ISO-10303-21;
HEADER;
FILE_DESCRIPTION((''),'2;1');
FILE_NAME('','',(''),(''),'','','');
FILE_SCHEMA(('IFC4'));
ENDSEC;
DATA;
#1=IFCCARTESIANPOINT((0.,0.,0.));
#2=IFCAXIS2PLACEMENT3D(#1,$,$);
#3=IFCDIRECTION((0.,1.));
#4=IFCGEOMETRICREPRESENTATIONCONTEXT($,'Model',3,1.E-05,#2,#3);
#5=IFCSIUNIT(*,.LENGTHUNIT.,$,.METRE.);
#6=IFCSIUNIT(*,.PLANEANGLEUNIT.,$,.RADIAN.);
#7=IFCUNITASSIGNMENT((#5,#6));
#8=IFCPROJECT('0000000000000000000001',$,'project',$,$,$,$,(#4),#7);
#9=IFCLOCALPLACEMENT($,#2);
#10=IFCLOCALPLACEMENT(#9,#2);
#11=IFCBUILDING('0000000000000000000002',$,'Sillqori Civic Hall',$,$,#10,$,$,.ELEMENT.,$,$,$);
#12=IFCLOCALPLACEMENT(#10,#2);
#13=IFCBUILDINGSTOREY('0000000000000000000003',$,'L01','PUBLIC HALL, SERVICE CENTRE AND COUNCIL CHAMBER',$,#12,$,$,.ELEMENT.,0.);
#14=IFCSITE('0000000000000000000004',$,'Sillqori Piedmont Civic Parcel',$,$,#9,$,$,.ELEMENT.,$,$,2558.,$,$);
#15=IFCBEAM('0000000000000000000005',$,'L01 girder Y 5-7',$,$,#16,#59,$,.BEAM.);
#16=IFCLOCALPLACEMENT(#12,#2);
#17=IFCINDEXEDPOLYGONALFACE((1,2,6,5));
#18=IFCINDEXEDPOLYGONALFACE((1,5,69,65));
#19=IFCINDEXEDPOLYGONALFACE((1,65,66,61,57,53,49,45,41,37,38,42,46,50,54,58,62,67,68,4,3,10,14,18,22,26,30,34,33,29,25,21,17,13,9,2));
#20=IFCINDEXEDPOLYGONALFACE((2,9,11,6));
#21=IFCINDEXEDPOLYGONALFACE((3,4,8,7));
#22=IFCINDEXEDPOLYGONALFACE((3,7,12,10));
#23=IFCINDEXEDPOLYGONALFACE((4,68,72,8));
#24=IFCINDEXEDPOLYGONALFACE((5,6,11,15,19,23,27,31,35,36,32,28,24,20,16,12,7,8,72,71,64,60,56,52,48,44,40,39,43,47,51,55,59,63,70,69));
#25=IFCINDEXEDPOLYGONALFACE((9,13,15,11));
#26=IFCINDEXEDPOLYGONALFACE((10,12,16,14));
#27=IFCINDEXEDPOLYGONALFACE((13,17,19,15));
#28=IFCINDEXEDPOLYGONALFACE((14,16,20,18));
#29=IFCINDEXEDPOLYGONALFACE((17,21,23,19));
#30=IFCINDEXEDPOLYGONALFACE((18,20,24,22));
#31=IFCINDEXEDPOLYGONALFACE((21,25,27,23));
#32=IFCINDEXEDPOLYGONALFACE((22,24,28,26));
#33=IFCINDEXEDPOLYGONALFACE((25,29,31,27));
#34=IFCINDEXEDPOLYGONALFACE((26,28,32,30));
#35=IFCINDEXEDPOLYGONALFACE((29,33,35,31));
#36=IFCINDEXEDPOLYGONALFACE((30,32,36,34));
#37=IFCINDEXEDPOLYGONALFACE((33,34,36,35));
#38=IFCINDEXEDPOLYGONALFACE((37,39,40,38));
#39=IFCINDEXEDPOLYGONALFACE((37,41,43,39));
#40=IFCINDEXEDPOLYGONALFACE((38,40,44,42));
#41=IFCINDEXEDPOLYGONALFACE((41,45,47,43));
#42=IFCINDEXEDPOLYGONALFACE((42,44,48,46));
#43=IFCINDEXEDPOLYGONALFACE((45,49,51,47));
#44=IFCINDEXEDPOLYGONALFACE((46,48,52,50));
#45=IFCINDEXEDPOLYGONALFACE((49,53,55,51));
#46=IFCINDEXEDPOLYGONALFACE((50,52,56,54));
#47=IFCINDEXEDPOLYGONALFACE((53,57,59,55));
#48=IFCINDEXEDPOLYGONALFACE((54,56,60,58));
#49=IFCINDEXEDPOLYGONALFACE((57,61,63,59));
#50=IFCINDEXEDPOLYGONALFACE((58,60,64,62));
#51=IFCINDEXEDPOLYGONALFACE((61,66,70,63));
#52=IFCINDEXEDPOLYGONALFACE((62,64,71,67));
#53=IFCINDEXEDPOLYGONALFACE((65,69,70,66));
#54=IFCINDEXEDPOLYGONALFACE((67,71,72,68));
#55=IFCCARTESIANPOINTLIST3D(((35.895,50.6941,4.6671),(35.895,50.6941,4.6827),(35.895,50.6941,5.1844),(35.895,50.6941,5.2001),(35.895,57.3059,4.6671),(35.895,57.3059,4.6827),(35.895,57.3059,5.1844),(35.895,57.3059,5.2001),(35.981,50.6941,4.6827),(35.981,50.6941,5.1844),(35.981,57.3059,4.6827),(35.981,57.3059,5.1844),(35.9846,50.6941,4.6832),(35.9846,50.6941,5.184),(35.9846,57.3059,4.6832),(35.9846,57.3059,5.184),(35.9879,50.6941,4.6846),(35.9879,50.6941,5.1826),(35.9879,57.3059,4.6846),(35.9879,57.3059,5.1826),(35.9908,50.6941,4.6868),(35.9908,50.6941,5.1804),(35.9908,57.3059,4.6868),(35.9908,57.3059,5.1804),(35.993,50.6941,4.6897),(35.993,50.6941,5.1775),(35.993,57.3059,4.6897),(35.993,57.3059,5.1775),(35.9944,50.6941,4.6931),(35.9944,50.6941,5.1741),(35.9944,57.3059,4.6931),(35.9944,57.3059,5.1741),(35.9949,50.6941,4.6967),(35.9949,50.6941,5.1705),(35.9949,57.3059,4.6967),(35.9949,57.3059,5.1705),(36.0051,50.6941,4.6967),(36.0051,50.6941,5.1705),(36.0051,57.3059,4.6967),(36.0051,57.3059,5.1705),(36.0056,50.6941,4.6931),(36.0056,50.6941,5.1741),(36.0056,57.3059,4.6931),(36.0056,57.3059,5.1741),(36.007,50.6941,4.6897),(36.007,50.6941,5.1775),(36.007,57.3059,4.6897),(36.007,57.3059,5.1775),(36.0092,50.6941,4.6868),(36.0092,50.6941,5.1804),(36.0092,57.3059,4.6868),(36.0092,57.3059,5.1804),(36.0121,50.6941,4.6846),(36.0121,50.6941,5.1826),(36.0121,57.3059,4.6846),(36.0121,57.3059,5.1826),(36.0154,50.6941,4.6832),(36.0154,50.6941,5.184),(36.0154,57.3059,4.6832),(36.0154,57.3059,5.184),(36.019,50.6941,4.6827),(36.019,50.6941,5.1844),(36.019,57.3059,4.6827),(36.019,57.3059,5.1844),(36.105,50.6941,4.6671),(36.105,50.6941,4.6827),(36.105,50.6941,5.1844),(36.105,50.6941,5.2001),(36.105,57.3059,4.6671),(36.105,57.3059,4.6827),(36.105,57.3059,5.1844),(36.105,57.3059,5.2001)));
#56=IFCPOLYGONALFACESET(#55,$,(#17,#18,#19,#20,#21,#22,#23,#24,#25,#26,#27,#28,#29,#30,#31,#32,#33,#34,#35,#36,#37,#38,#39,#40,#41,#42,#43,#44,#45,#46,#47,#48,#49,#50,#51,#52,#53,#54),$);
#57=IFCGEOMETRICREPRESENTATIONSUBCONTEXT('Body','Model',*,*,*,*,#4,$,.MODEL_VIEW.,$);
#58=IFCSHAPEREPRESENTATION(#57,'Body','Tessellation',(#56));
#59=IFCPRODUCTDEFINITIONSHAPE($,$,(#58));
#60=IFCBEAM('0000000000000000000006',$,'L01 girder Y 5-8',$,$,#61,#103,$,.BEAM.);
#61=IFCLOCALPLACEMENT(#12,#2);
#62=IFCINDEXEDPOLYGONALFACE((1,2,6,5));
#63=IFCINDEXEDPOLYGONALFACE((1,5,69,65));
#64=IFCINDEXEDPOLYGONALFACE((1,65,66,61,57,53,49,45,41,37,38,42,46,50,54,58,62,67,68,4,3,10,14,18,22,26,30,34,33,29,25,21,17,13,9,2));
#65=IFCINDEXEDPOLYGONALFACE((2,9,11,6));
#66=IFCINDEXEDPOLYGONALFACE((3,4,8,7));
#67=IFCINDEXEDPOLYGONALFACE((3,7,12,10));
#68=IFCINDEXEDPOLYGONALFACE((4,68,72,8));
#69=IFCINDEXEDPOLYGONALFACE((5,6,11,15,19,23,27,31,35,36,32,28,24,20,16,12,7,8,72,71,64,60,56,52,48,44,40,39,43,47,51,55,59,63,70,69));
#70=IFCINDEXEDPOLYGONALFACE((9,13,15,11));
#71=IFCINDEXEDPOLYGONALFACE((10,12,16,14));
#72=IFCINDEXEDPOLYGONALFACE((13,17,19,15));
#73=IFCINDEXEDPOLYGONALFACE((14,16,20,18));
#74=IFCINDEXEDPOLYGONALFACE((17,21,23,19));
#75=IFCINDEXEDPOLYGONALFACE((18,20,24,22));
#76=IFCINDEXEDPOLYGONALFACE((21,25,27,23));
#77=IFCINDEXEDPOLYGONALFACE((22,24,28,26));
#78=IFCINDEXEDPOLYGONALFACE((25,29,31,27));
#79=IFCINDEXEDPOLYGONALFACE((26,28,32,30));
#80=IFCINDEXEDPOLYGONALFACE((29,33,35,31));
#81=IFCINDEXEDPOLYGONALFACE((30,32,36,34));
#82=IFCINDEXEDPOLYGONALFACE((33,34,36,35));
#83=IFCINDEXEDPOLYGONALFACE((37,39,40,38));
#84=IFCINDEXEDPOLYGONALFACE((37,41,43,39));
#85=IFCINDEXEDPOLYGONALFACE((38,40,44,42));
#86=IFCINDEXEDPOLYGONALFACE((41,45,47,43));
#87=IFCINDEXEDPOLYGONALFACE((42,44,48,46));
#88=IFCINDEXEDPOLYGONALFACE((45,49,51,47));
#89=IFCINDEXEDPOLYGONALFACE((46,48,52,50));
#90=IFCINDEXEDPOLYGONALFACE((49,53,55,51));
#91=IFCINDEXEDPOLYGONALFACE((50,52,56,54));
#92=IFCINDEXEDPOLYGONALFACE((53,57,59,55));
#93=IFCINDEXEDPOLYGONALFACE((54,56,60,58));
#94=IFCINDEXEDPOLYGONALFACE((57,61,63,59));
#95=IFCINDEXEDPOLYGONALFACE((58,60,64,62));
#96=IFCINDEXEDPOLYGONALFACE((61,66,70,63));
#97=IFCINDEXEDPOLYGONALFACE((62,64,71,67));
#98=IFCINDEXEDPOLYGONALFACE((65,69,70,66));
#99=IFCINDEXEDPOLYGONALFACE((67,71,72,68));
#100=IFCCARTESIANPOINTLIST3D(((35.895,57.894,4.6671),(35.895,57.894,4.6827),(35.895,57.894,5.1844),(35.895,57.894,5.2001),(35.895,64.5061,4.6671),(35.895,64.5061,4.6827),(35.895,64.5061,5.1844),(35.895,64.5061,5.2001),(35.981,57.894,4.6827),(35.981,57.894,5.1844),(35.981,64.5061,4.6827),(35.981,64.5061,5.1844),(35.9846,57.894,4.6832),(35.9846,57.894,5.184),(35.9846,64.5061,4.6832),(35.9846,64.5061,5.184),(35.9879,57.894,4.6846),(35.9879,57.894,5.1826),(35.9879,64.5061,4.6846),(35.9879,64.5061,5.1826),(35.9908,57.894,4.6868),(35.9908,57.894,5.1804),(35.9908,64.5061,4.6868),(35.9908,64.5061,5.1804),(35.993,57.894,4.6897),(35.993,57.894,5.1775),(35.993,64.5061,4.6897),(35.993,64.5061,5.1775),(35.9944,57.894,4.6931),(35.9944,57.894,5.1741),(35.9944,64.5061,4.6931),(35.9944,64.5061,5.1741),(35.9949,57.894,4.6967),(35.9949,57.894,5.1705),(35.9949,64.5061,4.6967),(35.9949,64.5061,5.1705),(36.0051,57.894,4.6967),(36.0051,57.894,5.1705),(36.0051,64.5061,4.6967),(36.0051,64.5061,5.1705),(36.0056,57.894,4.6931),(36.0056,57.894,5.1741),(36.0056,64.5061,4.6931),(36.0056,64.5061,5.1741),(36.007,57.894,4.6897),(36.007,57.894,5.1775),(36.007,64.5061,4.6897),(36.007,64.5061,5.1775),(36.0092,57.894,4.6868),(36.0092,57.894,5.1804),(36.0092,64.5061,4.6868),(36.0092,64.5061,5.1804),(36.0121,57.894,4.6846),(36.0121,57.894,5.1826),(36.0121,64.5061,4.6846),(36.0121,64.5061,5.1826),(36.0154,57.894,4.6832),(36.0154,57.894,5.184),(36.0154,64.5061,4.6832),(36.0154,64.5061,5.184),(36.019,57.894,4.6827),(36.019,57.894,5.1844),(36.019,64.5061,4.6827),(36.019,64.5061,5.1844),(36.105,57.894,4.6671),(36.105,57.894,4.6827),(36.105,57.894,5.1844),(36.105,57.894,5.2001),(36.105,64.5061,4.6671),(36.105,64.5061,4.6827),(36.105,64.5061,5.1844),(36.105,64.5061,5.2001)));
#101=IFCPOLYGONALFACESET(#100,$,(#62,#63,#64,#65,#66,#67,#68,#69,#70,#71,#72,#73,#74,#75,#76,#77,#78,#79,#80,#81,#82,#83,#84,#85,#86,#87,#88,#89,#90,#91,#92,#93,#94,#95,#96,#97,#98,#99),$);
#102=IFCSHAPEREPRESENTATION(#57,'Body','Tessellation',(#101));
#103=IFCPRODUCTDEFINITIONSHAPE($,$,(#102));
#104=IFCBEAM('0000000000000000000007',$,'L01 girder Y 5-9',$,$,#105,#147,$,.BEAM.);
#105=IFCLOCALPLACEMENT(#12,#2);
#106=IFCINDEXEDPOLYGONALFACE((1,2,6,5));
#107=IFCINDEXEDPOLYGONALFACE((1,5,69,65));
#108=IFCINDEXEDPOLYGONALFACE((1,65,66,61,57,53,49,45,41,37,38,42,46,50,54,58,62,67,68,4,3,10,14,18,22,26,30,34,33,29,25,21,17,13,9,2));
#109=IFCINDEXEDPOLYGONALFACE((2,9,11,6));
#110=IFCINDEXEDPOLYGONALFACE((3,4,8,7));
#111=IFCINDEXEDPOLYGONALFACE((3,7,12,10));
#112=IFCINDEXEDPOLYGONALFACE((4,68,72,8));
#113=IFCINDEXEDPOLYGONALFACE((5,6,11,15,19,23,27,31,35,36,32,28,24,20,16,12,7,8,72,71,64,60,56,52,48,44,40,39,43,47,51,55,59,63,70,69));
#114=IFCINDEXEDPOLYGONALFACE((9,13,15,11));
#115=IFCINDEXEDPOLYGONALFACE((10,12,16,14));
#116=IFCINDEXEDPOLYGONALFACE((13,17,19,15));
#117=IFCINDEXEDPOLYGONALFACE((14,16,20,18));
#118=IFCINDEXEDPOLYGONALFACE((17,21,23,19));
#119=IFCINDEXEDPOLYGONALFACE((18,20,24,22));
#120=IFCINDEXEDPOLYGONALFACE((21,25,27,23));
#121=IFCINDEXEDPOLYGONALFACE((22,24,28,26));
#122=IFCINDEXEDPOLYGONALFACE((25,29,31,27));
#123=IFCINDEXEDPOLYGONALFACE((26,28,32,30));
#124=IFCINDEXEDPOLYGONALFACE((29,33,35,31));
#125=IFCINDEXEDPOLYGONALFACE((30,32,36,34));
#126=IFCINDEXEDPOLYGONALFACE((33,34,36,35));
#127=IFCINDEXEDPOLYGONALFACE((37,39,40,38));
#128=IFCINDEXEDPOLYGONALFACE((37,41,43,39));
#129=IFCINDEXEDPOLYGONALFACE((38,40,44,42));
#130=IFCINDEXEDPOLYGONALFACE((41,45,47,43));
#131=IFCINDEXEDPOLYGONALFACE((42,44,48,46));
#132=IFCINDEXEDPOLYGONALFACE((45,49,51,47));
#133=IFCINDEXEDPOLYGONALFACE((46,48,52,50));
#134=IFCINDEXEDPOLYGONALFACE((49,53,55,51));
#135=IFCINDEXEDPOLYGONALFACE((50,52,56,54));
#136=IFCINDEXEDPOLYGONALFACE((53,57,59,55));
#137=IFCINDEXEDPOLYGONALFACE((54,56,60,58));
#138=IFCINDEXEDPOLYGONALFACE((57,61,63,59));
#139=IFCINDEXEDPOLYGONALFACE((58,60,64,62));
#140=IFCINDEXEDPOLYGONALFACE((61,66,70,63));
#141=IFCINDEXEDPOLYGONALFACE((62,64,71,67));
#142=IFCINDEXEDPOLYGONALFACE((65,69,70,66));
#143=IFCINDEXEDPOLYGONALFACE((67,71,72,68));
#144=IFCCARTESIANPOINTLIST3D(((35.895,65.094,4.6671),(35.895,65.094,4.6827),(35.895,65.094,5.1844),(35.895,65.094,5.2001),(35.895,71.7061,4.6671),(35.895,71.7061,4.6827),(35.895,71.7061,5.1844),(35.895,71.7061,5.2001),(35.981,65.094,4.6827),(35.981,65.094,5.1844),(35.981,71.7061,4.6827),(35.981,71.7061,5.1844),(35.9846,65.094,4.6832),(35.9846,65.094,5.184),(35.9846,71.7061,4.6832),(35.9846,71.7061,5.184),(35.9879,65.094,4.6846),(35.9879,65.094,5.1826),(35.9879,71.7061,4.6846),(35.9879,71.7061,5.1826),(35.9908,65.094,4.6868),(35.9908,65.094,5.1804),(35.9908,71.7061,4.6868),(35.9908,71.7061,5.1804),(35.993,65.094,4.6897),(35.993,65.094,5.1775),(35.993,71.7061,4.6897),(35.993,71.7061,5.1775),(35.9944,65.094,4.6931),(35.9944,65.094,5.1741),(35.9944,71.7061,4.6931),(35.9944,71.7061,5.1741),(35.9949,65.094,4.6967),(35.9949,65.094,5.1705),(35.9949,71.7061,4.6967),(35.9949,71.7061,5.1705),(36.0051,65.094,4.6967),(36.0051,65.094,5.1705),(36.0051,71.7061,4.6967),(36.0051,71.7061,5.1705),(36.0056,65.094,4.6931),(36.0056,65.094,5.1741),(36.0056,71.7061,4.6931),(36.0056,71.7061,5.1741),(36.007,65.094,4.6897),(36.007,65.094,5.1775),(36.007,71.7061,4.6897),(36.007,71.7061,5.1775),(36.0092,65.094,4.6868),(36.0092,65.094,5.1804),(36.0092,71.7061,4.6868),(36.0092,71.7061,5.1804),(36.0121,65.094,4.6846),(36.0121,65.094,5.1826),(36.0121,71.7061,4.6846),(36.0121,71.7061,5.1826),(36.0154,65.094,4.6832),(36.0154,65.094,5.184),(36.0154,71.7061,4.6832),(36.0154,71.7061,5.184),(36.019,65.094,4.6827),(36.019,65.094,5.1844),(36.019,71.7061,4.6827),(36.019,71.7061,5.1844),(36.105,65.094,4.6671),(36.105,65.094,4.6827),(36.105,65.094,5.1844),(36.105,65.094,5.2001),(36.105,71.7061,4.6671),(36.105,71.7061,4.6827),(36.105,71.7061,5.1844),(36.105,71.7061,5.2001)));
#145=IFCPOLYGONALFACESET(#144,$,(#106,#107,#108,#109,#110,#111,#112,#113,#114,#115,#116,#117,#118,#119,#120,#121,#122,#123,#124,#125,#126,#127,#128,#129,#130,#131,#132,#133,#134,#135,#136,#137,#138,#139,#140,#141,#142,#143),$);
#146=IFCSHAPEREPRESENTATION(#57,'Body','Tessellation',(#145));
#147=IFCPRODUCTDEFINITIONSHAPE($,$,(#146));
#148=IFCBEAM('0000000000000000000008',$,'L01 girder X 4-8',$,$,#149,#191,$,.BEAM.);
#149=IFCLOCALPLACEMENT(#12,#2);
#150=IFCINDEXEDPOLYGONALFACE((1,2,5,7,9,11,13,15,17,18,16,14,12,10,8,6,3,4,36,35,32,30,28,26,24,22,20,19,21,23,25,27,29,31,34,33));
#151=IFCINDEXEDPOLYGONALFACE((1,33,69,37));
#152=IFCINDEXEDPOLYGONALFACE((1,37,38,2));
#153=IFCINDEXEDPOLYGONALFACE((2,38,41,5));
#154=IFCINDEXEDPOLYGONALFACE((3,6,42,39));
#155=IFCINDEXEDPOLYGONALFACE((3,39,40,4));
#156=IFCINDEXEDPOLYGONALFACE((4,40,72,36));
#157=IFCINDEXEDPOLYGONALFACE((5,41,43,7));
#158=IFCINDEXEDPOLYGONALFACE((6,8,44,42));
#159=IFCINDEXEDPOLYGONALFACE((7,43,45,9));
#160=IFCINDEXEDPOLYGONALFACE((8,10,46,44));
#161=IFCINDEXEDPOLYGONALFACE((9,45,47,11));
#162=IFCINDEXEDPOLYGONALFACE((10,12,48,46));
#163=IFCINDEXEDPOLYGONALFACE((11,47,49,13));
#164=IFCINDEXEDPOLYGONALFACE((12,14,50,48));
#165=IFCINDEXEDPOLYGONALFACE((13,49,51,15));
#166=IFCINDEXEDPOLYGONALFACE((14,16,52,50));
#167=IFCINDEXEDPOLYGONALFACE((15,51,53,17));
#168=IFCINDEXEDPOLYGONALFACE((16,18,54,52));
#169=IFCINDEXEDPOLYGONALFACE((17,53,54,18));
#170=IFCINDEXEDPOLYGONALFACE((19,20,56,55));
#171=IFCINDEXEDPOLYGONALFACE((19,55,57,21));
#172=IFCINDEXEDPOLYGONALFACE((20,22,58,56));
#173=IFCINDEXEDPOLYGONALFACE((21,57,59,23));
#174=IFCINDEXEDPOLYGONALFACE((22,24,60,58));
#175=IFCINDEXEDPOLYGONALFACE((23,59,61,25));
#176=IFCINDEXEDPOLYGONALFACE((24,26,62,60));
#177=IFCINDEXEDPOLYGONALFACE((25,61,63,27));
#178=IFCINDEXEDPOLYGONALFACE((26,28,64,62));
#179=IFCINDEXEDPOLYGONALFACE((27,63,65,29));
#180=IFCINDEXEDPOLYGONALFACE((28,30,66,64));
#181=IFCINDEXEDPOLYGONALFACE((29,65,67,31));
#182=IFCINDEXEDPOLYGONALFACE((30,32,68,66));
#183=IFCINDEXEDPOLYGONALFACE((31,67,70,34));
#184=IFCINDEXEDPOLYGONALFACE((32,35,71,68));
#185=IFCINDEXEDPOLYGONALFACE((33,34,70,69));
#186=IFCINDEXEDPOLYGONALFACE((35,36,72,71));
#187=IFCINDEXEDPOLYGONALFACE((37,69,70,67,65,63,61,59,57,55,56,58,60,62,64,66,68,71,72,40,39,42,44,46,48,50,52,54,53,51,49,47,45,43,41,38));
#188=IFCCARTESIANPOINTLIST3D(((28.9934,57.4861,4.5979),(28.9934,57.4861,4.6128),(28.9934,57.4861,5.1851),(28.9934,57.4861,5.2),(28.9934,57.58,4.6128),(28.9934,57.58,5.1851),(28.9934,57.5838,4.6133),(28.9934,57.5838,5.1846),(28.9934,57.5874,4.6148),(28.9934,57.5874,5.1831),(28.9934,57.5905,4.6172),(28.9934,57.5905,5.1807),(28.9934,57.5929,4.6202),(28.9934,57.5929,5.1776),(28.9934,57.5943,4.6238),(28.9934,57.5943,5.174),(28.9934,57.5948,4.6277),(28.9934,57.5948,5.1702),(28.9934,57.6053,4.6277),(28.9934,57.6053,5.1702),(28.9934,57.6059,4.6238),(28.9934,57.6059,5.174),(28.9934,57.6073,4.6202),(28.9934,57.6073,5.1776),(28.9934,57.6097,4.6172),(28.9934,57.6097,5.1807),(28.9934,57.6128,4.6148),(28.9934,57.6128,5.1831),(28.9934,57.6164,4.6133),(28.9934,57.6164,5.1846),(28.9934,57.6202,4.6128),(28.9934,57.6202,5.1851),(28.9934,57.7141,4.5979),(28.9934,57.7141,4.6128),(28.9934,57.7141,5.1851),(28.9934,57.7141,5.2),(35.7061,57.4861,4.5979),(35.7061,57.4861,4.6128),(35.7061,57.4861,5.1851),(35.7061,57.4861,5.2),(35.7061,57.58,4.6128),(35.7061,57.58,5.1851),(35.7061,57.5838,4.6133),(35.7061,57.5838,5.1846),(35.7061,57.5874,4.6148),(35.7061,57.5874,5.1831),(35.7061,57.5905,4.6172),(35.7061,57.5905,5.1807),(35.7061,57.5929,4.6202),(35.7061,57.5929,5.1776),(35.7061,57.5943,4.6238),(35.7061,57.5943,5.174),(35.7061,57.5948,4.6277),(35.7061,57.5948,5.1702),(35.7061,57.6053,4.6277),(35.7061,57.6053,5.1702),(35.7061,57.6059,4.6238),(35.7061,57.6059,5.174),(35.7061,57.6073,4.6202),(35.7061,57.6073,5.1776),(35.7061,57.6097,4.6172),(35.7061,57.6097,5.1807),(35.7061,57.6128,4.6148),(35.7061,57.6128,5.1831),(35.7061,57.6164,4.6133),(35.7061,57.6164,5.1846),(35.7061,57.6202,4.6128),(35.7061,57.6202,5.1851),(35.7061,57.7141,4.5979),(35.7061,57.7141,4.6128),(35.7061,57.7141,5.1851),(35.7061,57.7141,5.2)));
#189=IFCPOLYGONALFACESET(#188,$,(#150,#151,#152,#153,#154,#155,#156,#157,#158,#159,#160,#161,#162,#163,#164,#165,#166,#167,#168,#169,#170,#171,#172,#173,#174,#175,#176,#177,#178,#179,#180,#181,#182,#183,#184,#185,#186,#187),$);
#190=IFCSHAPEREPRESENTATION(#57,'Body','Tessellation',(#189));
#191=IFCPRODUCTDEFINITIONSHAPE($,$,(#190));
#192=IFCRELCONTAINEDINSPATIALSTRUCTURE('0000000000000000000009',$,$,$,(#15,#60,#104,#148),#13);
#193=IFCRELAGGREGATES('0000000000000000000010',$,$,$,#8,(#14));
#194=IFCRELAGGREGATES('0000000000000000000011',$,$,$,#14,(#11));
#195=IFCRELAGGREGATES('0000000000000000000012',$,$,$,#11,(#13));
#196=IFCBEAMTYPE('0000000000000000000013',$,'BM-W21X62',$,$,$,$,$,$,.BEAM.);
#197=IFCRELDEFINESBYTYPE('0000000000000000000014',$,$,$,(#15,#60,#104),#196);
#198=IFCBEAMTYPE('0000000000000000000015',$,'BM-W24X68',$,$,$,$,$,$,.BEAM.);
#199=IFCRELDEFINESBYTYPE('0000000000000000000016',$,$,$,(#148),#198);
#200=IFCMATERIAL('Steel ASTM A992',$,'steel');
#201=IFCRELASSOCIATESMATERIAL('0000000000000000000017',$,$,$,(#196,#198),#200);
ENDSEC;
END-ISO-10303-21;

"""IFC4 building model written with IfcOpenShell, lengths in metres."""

from ifc_helpers import new_model, si_unit, direction, frame, origin, origin_2d, place, context, subcontext, project, spatial, i_section, extrude, material, material_profile, profile_set, type_object, element, save


model = new_model("IFC4")

# Units and contexts
model_context = context("Model", 3, precision=1e-05, world=origin(), true_north=direction((0.0, 1.0)))
body_context = subcontext(model_context, "Body", "Model", "MODEL_VIEW")
ifc_project = project(units=[si_unit("LENGTHUNIT", "METRE"), si_unit("PLANEANGLEUNIT", "RADIAN")], contexts=[model_context])

# Site, building, storey
site_placement = place(None, origin())
site = spatial("IfcSite", under=ifc_project, at=site_placement, Name="Sillqori Piedmont Civic Parcel", CompositionType="ELEMENT", RefElevation=2558.0)
building_placement = place(site_placement, origin())
building = spatial("IfcBuilding", under=site, at=building_placement, Name="Sillqori Civic Hall", CompositionType="ELEMENT")
storey_placement = place(building_placement, origin())
storey = spatial("IfcBuildingStorey", under=building, at=storey_placement, Name="L01", Description="PUBLIC HALL, SERVICE CENTRE AND COUNCIL CHAMBER", CompositionType="ELEMENT", Elevation=0.0)

# Shared definitions
ifc_material_1 = material(Name="Steel ASTM A992", Category="steel")

# Beams
ifc_material_profile_1 = material_profile(ifc_material_1, i_section(OverallWidth=0.21, OverallDepth=0.533, WebThickness=0.0103, FlangeThickness=0.0156, FilletRadius=0.0139, at=origin_2d()), Name="W21X62")
ifc_profile_set_1 = profile_set([ifc_material_profile_1], Name="Steel ASTM A992")
beam_type_1 = type_object("IfcBeamType", Name="BM-W21X62", PredefinedType="BEAM", material=ifc_profile_set_1)
beam_placement = place(storey_placement, frame((36.0, 50.6941, 4.9336), z_axis=(0.0, 1.0, 0.0), x_axis=(-1.0, 0.0, 0.0)))
element("IfcBeam", 1, at=beam_placement, inside=storey, type_object=beam_type_1, Name="L01 girder Y 5-7", PredefinedType="BEAM", context=body_context, shape_type="SweptSolid", body=[
    extrude(i_section(OverallWidth=0.21, OverallDepth=0.533, WebThickness=0.0103, FlangeThickness=0.0156, FilletRadius=0.0139, at=origin_2d()), origin(), (0.0, 0.0, 1.0), 6.6118),
])
for number, where, z_axis, x_axis, name in (
    (2, (36.0, 57.894, 4.9336), (0.0, 1.0, 0.0), (-1.0, 0.0, 0.0), "L01 girder Y 5-8"),
    (3, (36.0, 65.094, 4.9336), (0.0, 1.0, 0.0), (-1.0, 0.0, 0.0), "L01 girder Y 5-9"),
):
    element("IfcBeam", number, at=place(storey_placement, frame(where, z_axis=z_axis, x_axis=x_axis)), inside=storey, type_object=beam_type_1, Name=name, PredefinedType="BEAM", context=body_context, shape_type="SweptSolid", body=[
        extrude(i_section(OverallWidth=0.21, OverallDepth=0.533, WebThickness=0.0103, FlangeThickness=0.0156, FilletRadius=0.0139, at=origin_2d()), origin(), (0.0, 0.0, 1.0), 6.6121),
    ])
ifc_material_profile_2 = material_profile(ifc_material_1, i_section(OverallWidth=0.228, OverallDepth=0.6021, WebThickness=0.0105, FlangeThickness=0.0149, FilletRadius=0.0149, at=origin_2d()), Name="W24X68")
ifc_profile_set_2 = profile_set([ifc_material_profile_2], Name="Steel ASTM A992")
beam_type_2 = type_object("IfcBeamType", Name="BM-W24X68", PredefinedType="BEAM", material=ifc_profile_set_2)
for number, where, z_axis, x_axis, name in (
    (4, (28.9934, 57.6001, 4.8989), (1.0, 0.0, 0.0), (0.0, 1.0, 0.0), "L01 girder X 4-8"),
):
    element("IfcBeam", number, at=place(storey_placement, frame(where, z_axis=z_axis, x_axis=x_axis)), inside=storey, type_object=beam_type_2, Name=name, PredefinedType="BEAM", context=body_context, shape_type="SweptSolid", body=[
        extrude(i_section(OverallWidth=0.228, OverallDepth=0.6021, WebThickness=0.0105, FlangeThickness=0.0149, FilletRadius=0.0149, at=origin_2d()), origin(), (0.0, 0.0, 1.0), 6.7126),
    ])

save(model, "model.ifc")
